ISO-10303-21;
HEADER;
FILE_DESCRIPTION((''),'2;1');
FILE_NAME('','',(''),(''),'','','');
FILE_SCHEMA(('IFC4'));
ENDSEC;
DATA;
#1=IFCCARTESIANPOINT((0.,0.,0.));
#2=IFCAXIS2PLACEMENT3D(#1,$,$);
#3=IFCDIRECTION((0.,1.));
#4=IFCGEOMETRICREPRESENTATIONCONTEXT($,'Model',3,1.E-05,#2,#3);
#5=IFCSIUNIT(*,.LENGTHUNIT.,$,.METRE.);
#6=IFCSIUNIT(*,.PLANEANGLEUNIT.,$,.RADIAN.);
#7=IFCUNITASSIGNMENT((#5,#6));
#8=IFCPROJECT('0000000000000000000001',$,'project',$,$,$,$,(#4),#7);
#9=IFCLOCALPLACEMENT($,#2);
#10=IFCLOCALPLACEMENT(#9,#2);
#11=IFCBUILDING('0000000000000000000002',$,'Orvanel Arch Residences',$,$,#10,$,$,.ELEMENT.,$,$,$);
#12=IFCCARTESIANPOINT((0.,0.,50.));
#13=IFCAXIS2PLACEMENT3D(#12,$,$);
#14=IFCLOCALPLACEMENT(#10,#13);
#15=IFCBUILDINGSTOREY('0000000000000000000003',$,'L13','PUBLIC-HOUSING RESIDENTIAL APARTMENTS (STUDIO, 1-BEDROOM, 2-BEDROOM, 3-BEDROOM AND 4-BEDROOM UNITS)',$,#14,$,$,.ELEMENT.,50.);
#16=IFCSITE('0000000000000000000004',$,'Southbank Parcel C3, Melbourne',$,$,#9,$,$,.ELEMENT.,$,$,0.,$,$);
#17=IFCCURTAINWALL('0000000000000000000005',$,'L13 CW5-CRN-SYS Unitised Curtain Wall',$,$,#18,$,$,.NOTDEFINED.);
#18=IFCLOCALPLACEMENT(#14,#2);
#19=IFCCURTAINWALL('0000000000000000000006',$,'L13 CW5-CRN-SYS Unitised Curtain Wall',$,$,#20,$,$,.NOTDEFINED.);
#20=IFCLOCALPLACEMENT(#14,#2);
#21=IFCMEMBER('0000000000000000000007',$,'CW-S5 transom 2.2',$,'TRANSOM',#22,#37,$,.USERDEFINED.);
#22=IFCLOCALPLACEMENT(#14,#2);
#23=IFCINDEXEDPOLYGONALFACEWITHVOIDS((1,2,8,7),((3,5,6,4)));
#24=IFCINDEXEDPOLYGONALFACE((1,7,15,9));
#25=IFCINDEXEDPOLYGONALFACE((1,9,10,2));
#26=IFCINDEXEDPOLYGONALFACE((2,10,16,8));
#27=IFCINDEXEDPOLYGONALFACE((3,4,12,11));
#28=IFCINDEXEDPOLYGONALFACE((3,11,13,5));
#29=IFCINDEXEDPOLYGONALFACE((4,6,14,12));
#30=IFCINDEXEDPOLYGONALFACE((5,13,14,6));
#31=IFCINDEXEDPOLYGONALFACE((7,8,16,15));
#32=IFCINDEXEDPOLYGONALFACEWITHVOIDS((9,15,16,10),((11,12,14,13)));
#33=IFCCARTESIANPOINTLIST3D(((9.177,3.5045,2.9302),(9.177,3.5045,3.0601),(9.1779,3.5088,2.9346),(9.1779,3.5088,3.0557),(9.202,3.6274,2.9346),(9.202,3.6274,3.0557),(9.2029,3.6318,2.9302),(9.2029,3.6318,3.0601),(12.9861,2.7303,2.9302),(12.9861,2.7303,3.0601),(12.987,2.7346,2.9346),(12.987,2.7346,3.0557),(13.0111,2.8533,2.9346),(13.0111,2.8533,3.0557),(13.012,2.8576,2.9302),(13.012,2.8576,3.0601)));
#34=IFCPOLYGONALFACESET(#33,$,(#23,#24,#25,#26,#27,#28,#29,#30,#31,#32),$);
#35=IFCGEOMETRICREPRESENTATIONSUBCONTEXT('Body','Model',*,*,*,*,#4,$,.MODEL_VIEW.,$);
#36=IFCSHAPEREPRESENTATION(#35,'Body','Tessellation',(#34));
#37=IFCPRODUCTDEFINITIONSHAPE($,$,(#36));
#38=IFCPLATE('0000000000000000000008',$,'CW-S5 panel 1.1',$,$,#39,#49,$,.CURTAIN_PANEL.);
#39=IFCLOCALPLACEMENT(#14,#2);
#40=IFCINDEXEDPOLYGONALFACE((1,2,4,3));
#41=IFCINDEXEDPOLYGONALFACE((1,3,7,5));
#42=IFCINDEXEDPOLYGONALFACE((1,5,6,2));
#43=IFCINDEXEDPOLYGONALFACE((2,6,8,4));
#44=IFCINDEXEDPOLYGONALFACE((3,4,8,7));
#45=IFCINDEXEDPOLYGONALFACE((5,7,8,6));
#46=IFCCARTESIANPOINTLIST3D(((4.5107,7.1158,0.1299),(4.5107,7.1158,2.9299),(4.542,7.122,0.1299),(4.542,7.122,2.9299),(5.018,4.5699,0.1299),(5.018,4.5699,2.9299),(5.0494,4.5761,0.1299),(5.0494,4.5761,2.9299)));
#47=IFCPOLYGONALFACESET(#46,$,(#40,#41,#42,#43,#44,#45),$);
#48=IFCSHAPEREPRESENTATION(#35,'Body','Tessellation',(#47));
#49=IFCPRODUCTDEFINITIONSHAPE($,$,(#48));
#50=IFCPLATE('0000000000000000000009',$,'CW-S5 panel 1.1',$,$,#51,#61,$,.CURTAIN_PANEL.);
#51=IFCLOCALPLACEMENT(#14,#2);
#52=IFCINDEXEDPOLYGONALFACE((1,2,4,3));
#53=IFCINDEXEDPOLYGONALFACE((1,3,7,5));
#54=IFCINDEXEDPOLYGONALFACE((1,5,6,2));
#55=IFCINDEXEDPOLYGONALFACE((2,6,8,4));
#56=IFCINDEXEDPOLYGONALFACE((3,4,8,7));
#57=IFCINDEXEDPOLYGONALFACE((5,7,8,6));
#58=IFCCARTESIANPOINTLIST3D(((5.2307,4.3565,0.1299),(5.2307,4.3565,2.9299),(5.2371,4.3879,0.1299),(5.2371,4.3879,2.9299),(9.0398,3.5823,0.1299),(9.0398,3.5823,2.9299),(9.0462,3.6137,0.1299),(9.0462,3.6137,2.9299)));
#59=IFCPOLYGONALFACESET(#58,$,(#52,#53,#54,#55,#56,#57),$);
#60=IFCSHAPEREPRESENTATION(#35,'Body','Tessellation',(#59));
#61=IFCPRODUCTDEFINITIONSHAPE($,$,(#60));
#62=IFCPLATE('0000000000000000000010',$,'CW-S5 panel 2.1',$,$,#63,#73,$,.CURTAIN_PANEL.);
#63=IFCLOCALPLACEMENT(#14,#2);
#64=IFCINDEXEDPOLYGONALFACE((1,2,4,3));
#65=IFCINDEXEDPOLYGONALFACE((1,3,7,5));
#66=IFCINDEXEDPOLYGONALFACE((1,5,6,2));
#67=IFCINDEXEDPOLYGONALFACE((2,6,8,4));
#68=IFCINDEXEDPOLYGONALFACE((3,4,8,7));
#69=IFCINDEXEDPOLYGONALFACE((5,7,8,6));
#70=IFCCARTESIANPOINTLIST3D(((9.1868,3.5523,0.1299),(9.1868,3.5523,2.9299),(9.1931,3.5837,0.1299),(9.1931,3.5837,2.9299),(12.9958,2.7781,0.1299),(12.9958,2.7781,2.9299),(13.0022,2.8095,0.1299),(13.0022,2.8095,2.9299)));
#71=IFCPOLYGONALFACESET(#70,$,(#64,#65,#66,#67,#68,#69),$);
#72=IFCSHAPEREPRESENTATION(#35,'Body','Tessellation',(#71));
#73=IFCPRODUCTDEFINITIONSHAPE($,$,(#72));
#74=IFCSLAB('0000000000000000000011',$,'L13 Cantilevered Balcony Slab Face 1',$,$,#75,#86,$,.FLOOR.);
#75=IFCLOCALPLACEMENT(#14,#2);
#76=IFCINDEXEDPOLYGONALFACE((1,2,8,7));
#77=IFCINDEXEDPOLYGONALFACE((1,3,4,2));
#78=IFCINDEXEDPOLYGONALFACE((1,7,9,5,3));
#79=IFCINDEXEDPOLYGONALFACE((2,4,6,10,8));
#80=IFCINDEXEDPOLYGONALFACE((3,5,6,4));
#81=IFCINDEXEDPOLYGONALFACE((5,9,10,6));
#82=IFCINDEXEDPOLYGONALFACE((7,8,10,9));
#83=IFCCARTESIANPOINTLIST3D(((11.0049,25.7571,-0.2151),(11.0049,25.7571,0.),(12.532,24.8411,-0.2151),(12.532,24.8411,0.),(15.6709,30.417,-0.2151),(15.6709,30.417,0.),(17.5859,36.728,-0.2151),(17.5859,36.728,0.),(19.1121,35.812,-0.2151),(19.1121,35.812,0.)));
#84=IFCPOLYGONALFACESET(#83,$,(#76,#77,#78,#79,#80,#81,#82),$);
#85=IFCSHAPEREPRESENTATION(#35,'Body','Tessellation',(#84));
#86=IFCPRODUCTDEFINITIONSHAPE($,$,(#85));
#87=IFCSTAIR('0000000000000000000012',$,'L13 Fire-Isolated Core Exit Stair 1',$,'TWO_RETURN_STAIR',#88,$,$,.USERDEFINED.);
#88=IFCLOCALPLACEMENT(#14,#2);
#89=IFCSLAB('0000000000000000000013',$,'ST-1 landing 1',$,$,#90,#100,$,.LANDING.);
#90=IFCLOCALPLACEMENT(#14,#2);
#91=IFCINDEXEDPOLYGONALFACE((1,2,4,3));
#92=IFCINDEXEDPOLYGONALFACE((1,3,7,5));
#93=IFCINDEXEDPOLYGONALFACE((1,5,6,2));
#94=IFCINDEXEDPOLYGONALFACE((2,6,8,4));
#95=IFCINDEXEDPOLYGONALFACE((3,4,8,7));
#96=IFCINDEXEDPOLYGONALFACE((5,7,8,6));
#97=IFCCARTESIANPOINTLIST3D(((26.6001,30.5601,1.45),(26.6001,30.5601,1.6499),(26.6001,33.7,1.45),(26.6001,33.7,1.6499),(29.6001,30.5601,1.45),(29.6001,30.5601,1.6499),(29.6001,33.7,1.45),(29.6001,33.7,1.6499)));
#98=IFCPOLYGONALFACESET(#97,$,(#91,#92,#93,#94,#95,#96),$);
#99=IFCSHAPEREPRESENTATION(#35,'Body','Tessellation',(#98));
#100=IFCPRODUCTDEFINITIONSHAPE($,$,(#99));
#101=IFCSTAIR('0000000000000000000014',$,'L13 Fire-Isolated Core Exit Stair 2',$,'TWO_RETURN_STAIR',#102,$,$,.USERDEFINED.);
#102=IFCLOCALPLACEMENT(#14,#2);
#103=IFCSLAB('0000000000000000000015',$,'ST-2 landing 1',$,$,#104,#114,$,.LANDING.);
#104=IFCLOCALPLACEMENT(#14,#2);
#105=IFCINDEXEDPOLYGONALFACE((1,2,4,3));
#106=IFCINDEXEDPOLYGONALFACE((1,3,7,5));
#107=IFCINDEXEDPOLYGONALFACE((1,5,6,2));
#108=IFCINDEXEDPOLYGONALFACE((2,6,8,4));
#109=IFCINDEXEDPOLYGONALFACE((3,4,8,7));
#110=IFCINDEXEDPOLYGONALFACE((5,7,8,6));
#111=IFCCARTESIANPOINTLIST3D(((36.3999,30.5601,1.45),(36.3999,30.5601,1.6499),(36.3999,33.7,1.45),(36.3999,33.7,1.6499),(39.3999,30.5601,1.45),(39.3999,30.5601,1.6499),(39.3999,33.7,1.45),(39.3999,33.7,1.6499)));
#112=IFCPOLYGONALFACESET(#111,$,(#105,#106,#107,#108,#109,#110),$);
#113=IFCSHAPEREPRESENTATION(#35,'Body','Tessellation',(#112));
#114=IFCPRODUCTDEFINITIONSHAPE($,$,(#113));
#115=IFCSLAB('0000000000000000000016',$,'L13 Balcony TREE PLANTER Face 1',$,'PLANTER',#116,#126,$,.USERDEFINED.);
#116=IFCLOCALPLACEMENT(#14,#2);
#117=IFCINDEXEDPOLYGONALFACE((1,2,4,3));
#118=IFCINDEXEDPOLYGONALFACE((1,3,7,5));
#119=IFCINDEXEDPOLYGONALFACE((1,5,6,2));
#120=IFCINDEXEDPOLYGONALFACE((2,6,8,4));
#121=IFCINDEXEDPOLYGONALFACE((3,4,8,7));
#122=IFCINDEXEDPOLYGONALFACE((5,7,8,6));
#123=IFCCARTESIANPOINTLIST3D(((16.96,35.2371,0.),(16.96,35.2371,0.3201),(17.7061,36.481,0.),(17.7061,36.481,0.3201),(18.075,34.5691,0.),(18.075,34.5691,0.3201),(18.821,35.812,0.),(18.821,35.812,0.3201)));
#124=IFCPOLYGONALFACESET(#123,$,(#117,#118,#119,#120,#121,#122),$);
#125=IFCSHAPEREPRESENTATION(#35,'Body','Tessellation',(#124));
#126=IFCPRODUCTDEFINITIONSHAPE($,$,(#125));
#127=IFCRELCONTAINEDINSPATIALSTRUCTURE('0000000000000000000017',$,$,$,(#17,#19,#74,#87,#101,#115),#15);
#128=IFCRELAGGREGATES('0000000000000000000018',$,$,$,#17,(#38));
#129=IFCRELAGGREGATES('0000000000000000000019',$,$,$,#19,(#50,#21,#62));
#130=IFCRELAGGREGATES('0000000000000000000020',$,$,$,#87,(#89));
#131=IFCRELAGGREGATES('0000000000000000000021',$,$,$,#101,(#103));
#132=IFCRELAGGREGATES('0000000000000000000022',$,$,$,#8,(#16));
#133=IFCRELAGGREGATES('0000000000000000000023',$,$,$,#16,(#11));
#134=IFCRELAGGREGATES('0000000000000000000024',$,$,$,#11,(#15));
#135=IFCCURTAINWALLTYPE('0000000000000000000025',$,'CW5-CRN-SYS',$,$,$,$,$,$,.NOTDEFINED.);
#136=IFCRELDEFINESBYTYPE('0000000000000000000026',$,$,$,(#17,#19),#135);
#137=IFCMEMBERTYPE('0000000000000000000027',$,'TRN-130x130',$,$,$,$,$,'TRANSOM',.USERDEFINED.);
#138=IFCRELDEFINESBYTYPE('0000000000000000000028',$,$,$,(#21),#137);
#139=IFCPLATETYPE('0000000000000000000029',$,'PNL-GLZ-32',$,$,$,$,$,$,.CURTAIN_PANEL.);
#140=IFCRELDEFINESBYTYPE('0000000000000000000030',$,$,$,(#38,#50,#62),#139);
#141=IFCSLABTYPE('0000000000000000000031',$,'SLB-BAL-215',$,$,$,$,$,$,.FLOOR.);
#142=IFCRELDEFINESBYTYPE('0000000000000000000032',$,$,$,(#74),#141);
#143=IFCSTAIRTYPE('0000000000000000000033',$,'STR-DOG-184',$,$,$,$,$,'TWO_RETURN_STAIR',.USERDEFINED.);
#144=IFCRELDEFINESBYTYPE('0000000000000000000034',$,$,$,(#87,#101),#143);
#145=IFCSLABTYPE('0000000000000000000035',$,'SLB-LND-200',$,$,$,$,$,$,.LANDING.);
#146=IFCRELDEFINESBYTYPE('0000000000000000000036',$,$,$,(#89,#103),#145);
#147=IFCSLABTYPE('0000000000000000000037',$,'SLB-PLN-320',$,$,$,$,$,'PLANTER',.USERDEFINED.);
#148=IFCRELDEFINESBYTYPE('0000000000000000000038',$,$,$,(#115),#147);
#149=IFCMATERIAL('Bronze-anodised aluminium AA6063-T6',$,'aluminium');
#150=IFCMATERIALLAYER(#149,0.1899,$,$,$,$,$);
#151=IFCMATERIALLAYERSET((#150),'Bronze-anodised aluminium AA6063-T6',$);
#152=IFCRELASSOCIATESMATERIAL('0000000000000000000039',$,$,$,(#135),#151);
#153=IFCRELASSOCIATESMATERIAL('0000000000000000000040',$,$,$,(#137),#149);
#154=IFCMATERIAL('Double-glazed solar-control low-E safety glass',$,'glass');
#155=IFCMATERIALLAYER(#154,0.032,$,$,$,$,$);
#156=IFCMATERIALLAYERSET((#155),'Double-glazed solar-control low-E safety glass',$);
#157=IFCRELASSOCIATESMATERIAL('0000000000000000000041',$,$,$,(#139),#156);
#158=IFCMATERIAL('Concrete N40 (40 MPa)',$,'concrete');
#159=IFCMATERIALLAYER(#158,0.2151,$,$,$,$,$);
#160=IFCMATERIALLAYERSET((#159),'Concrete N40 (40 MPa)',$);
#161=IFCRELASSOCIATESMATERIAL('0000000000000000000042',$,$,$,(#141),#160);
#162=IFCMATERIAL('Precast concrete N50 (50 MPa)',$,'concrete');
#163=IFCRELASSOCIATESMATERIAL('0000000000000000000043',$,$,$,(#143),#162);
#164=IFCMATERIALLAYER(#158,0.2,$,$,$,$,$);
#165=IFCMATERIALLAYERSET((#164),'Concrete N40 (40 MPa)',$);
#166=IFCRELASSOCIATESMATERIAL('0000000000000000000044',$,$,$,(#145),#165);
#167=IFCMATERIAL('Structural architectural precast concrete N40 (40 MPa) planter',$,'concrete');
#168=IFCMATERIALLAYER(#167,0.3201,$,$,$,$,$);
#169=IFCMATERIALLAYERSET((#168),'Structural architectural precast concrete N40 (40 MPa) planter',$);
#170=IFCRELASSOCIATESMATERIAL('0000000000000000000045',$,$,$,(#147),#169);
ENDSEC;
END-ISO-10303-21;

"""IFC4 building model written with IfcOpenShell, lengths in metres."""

from ifc_helpers import new_model, si_unit, direction, frame, origin, origin_2d, place, context, subcontext, project, spatial, polyline, rectangle, hollow_rectangle, outline, extrude, material, layer, layer_set, material_profile, profile_set, type_object, element, aggregate, save


model = new_model("IFC4")

# Units and contexts
model_context = context("Model", 3, precision=1e-05, world=origin(), true_north=direction((0.0, 1.0)))
body_context = subcontext(model_context, "Body", "Model", "MODEL_VIEW")
ifc_project = project(units=[si_unit("LENGTHUNIT", "METRE"), si_unit("PLANEANGLEUNIT", "RADIAN")], contexts=[model_context])

# Site, building, storey
site_placement = place(None, origin())
site = spatial("IfcSite", under=ifc_project, at=site_placement, Name="Southbank Parcel C3, Melbourne", CompositionType="ELEMENT", RefElevation=0.0)
building_placement = place(site_placement, origin())
building = spatial("IfcBuilding", under=site, at=building_placement, Name="Orvanel Arch Residences", CompositionType="ELEMENT")
storey_placement = place(building_placement, frame((0.0, 0.0, 50.0)))
storey = spatial("IfcBuildingStorey", under=building, at=storey_placement, Name="L13", Description="PUBLIC-HOUSING RESIDENTIAL APARTMENTS (STUDIO, 1-BEDROOM, 2-BEDROOM, 3-BEDROOM AND 4-BEDROOM UNITS)", CompositionType="ELEMENT", Elevation=50.0)

# Curtain walls
ifc_material_1 = material(Name="Bronze-anodised aluminium AA6063-T6", Category="aluminium")
ifc_layer_1 = layer(ifc_material_1, 0.1899)
ifc_layer_set_1 = layer_set([ifc_layer_1], Name="Bronze-anodised aluminium AA6063-T6")
curtain_wall_type_1 = type_object("IfcCurtainWallType", Name="CW5-CRN-SYS", PredefinedType="NOTDEFINED", material=ifc_layer_set_1)
curtain_wall_1_placement = place(storey_placement, origin())
curtain_wall_1 = element("IfcCurtainWall", 1, at=curtain_wall_1_placement, inside=storey, type_object=curtain_wall_type_1, Name="L13 CW5-CRN-SYS Unitised Curtain Wall", PredefinedType="NOTDEFINED")
curtain_wall_2_placement = place(storey_placement, origin())
curtain_wall_2 = element("IfcCurtainWall", 2, at=curtain_wall_2_placement, inside=storey, type_object=curtain_wall_type_1, Name="L13 CW5-CRN-SYS Unitised Curtain Wall", PredefinedType="NOTDEFINED")

# Member
ifc_material_profile_1 = material_profile(ifc_material_1, hollow_rectangle(XDim=0.1299, YDim=0.1299, WallThickness=0.0044, at=origin_2d()), Name="ALU130x130x4.5")
ifc_profile_set_1 = profile_set([ifc_material_profile_1], Name="Bronze-anodised aluminium AA6063-T6")
member_type_1 = type_object("IfcMemberType", Name="TRN-130x130", ElementType="TRANSOM", PredefinedType="USERDEFINED", material=ifc_profile_set_1)
member_1_placement = place(storey_placement, frame((9.1899, 3.5681, 2.9951), z_axis=(0.979965, -0.199171, 0.0), x_axis=(0.199171, 0.979965, 0.0)))
member_1 = element("IfcMember", 3, at=member_1_placement, type_object=member_type_1, Name="CW-S5 transom 2.2", ObjectType="TRANSOM", PredefinedType="USERDEFINED", context=body_context, shape_type="SweptSolid", body=[
    extrude(hollow_rectangle(XDim=0.1299, YDim=0.1299, WallThickness=0.0044, at=origin_2d()), origin(), (0.0, 0.0, 1.0), 3.887),
])

# Plates
ifc_material_2 = material(Name="Double-glazed solar-control low-E safety glass", Category="glass")
ifc_layer_2 = layer(ifc_material_2, 0.032)
ifc_layer_set_2 = layer_set([ifc_layer_2], Name="Double-glazed solar-control low-E safety glass")
plate_type = type_object("IfcPlateType", Name="PNL-GLZ-32", PredefinedType="CURTAIN_PANEL", material=ifc_layer_set_2)
plate_1_placement = place(storey_placement, frame((4.78, 5.8459, 0.1299), z_axis=(0.0, 0.0, 1.0), x_axis=(0.195452, -0.980713, 0.0)))
plate_1 = element("IfcPlate", 4, at=plate_1_placement, type_object=plate_type, Name="CW-S5 panel 1.1", PredefinedType="CURTAIN_PANEL", context=body_context, shape_type="SweptSolid", body=[
    extrude(rectangle(XDim=2.5959, YDim=0.032, at=origin_2d()), origin(), (0.0, 0.0, 1.0), 2.8),
])
aggregate(curtain_wall_1, [plate_1])
plate_2_placement = place(storey_placement, frame((7.1384, 3.9851, 0.1299), z_axis=(0.0, 0.0, 1.0), x_axis=(0.979963, -0.199179, 0.0)))
plate_2 = element("IfcPlate", 5, at=plate_2_placement, type_object=plate_type, Name="CW-S5 panel 1.1", PredefinedType="CURTAIN_PANEL", context=body_context, shape_type="SweptSolid", body=[
    extrude(rectangle(XDim=3.887, YDim=0.032, at=origin_2d()), origin(), (0.0, 0.0, 1.0), 2.8),
])
plate_3_placement = place(storey_placement, frame((11.0945, 3.1809, 0.1299), z_axis=(0.0, 0.0, 1.0), x_axis=(0.979963, -0.199179, 0.0)))
plate_3 = element("IfcPlate", 6, at=plate_3_placement, type_object=plate_type, Name="CW-S5 panel 2.1", PredefinedType="CURTAIN_PANEL", context=body_context, shape_type="SweptSolid", body=[
    extrude(rectangle(XDim=3.887, YDim=0.032, at=origin_2d()), origin(), (0.0, 0.0, 1.0), 2.8),
])
aggregate(curtain_wall_2, [plate_2, member_1, plate_3])

# Slab
ifc_material_3 = material(Name="Concrete N40 (40 MPa)", Category="concrete")
ifc_layer_3 = layer(ifc_material_3, 0.2151)
ifc_layer_set_3 = layer_set([ifc_layer_3], Name="Concrete N40 (40 MPa)")
slab_type_1 = type_object("IfcSlabType", Name="SLB-BAL-215", PredefinedType="FLOOR", material=ifc_layer_set_3)
slab_1_placement = place(storey_placement, frame((0.0, 0.0, -0.2151)))
element("IfcSlab", 7, at=slab_1_placement, inside=storey, type_object=slab_type_1, Name="L13 Cantilevered Balcony Slab Face 1", PredefinedType="FLOOR", context=body_context, shape_type="SweptSolid", body=[
    extrude(outline(polyline([(17.5859, 36.728), (11.0049, 25.7571), (12.532, 24.8411), (15.6709, 30.417), (19.1121, 35.812), (17.5859, 36.728)])), origin(), (0.0, 0.0, 1.0), 0.2151),
])

# Stairs, slabs
ifc_material_4 = material(Name="Precast concrete N50 (50 MPa)", Category="concrete")
stair_type = type_object("IfcStairType", Name="STR-DOG-184", ElementType="TWO_RETURN_STAIR", PredefinedType="USERDEFINED", material=ifc_material_4)
stair_1_placement = place(storey_placement, origin())
stair_1 = element("IfcStair", 8, at=stair_1_placement, inside=storey, type_object=stair_type, Name="L13 Fire-Isolated Core Exit Stair 1", ObjectType="TWO_RETURN_STAIR", PredefinedType="USERDEFINED")
ifc_layer_4 = layer(ifc_material_3, 0.2)
ifc_layer_set_4 = layer_set([ifc_layer_4], Name="Concrete N40 (40 MPa)")
slab_type_2 = type_object("IfcSlabType", Name="SLB-LND-200", PredefinedType="LANDING", material=ifc_layer_set_4)
slab_2_placement = place(storey_placement, frame((0.0, 0.0, 1.45)))
slab_2 = element("IfcSlab", 9, at=slab_2_placement, type_object=slab_type_2, Name="ST-1 landing 1", PredefinedType="LANDING", context=body_context, shape_type="SweptSolid", body=[
    extrude(outline(polyline([(29.6001, 30.5601), (29.6001, 33.7), (26.6001, 33.7), (26.6001, 30.5601), (29.6001, 30.5601)])), origin(), (0.0, 0.0, 1.0), 0.2),
])
aggregate(stair_1, [slab_2])
stair_2_placement = place(storey_placement, origin())
stair_2 = element("IfcStair", 10, at=stair_2_placement, inside=storey, type_object=stair_type, Name="L13 Fire-Isolated Core Exit Stair 2", ObjectType="TWO_RETURN_STAIR", PredefinedType="USERDEFINED")
slab_3_placement = place(storey_placement, frame((0.0, 0.0, 1.45)))
slab_3 = element("IfcSlab", 11, at=slab_3_placement, type_object=slab_type_2, Name="ST-2 landing 1", PredefinedType="LANDING", context=body_context, shape_type="SweptSolid", body=[
    extrude(outline(polyline([(39.3999, 30.5601), (39.3999, 33.7), (36.3999, 33.7), (36.3999, 30.5601), (39.3999, 30.5601)])), origin(), (0.0, 0.0, 1.0), 0.2),
])
aggregate(stair_2, [slab_3])

# Slab
ifc_material_5 = material(Name="Structural architectural precast concrete N40 (40 MPa) planter", Category="concrete")
ifc_layer_5 = layer(ifc_material_5, 0.3201)
ifc_layer_set_5 = layer_set([ifc_layer_5], Name="Structural architectural precast concrete N40 (40 MPa) planter")
slab_type_3 = type_object("IfcSlabType", Name="SLB-PLN-320", ElementType="PLANTER", PredefinedType="USERDEFINED", material=ifc_layer_set_5)
slab_4_placement = place(storey_placement, origin())
element("IfcSlab", 12, at=slab_4_placement, inside=storey, type_object=slab_type_3, Name="L13 Balcony TREE PLANTER Face 1", ObjectType="PLANTER", PredefinedType="USERDEFINED", context=body_context, shape_type="SweptSolid", body=[
    extrude(outline(polyline([(17.7061, 36.481), (16.96, 35.2371), (18.075, 34.5691), (18.821, 35.812), (17.7061, 36.481)])), origin(), (0.0, 0.0, 1.0), 0.3201),
])

save(model, "model.ifc")
